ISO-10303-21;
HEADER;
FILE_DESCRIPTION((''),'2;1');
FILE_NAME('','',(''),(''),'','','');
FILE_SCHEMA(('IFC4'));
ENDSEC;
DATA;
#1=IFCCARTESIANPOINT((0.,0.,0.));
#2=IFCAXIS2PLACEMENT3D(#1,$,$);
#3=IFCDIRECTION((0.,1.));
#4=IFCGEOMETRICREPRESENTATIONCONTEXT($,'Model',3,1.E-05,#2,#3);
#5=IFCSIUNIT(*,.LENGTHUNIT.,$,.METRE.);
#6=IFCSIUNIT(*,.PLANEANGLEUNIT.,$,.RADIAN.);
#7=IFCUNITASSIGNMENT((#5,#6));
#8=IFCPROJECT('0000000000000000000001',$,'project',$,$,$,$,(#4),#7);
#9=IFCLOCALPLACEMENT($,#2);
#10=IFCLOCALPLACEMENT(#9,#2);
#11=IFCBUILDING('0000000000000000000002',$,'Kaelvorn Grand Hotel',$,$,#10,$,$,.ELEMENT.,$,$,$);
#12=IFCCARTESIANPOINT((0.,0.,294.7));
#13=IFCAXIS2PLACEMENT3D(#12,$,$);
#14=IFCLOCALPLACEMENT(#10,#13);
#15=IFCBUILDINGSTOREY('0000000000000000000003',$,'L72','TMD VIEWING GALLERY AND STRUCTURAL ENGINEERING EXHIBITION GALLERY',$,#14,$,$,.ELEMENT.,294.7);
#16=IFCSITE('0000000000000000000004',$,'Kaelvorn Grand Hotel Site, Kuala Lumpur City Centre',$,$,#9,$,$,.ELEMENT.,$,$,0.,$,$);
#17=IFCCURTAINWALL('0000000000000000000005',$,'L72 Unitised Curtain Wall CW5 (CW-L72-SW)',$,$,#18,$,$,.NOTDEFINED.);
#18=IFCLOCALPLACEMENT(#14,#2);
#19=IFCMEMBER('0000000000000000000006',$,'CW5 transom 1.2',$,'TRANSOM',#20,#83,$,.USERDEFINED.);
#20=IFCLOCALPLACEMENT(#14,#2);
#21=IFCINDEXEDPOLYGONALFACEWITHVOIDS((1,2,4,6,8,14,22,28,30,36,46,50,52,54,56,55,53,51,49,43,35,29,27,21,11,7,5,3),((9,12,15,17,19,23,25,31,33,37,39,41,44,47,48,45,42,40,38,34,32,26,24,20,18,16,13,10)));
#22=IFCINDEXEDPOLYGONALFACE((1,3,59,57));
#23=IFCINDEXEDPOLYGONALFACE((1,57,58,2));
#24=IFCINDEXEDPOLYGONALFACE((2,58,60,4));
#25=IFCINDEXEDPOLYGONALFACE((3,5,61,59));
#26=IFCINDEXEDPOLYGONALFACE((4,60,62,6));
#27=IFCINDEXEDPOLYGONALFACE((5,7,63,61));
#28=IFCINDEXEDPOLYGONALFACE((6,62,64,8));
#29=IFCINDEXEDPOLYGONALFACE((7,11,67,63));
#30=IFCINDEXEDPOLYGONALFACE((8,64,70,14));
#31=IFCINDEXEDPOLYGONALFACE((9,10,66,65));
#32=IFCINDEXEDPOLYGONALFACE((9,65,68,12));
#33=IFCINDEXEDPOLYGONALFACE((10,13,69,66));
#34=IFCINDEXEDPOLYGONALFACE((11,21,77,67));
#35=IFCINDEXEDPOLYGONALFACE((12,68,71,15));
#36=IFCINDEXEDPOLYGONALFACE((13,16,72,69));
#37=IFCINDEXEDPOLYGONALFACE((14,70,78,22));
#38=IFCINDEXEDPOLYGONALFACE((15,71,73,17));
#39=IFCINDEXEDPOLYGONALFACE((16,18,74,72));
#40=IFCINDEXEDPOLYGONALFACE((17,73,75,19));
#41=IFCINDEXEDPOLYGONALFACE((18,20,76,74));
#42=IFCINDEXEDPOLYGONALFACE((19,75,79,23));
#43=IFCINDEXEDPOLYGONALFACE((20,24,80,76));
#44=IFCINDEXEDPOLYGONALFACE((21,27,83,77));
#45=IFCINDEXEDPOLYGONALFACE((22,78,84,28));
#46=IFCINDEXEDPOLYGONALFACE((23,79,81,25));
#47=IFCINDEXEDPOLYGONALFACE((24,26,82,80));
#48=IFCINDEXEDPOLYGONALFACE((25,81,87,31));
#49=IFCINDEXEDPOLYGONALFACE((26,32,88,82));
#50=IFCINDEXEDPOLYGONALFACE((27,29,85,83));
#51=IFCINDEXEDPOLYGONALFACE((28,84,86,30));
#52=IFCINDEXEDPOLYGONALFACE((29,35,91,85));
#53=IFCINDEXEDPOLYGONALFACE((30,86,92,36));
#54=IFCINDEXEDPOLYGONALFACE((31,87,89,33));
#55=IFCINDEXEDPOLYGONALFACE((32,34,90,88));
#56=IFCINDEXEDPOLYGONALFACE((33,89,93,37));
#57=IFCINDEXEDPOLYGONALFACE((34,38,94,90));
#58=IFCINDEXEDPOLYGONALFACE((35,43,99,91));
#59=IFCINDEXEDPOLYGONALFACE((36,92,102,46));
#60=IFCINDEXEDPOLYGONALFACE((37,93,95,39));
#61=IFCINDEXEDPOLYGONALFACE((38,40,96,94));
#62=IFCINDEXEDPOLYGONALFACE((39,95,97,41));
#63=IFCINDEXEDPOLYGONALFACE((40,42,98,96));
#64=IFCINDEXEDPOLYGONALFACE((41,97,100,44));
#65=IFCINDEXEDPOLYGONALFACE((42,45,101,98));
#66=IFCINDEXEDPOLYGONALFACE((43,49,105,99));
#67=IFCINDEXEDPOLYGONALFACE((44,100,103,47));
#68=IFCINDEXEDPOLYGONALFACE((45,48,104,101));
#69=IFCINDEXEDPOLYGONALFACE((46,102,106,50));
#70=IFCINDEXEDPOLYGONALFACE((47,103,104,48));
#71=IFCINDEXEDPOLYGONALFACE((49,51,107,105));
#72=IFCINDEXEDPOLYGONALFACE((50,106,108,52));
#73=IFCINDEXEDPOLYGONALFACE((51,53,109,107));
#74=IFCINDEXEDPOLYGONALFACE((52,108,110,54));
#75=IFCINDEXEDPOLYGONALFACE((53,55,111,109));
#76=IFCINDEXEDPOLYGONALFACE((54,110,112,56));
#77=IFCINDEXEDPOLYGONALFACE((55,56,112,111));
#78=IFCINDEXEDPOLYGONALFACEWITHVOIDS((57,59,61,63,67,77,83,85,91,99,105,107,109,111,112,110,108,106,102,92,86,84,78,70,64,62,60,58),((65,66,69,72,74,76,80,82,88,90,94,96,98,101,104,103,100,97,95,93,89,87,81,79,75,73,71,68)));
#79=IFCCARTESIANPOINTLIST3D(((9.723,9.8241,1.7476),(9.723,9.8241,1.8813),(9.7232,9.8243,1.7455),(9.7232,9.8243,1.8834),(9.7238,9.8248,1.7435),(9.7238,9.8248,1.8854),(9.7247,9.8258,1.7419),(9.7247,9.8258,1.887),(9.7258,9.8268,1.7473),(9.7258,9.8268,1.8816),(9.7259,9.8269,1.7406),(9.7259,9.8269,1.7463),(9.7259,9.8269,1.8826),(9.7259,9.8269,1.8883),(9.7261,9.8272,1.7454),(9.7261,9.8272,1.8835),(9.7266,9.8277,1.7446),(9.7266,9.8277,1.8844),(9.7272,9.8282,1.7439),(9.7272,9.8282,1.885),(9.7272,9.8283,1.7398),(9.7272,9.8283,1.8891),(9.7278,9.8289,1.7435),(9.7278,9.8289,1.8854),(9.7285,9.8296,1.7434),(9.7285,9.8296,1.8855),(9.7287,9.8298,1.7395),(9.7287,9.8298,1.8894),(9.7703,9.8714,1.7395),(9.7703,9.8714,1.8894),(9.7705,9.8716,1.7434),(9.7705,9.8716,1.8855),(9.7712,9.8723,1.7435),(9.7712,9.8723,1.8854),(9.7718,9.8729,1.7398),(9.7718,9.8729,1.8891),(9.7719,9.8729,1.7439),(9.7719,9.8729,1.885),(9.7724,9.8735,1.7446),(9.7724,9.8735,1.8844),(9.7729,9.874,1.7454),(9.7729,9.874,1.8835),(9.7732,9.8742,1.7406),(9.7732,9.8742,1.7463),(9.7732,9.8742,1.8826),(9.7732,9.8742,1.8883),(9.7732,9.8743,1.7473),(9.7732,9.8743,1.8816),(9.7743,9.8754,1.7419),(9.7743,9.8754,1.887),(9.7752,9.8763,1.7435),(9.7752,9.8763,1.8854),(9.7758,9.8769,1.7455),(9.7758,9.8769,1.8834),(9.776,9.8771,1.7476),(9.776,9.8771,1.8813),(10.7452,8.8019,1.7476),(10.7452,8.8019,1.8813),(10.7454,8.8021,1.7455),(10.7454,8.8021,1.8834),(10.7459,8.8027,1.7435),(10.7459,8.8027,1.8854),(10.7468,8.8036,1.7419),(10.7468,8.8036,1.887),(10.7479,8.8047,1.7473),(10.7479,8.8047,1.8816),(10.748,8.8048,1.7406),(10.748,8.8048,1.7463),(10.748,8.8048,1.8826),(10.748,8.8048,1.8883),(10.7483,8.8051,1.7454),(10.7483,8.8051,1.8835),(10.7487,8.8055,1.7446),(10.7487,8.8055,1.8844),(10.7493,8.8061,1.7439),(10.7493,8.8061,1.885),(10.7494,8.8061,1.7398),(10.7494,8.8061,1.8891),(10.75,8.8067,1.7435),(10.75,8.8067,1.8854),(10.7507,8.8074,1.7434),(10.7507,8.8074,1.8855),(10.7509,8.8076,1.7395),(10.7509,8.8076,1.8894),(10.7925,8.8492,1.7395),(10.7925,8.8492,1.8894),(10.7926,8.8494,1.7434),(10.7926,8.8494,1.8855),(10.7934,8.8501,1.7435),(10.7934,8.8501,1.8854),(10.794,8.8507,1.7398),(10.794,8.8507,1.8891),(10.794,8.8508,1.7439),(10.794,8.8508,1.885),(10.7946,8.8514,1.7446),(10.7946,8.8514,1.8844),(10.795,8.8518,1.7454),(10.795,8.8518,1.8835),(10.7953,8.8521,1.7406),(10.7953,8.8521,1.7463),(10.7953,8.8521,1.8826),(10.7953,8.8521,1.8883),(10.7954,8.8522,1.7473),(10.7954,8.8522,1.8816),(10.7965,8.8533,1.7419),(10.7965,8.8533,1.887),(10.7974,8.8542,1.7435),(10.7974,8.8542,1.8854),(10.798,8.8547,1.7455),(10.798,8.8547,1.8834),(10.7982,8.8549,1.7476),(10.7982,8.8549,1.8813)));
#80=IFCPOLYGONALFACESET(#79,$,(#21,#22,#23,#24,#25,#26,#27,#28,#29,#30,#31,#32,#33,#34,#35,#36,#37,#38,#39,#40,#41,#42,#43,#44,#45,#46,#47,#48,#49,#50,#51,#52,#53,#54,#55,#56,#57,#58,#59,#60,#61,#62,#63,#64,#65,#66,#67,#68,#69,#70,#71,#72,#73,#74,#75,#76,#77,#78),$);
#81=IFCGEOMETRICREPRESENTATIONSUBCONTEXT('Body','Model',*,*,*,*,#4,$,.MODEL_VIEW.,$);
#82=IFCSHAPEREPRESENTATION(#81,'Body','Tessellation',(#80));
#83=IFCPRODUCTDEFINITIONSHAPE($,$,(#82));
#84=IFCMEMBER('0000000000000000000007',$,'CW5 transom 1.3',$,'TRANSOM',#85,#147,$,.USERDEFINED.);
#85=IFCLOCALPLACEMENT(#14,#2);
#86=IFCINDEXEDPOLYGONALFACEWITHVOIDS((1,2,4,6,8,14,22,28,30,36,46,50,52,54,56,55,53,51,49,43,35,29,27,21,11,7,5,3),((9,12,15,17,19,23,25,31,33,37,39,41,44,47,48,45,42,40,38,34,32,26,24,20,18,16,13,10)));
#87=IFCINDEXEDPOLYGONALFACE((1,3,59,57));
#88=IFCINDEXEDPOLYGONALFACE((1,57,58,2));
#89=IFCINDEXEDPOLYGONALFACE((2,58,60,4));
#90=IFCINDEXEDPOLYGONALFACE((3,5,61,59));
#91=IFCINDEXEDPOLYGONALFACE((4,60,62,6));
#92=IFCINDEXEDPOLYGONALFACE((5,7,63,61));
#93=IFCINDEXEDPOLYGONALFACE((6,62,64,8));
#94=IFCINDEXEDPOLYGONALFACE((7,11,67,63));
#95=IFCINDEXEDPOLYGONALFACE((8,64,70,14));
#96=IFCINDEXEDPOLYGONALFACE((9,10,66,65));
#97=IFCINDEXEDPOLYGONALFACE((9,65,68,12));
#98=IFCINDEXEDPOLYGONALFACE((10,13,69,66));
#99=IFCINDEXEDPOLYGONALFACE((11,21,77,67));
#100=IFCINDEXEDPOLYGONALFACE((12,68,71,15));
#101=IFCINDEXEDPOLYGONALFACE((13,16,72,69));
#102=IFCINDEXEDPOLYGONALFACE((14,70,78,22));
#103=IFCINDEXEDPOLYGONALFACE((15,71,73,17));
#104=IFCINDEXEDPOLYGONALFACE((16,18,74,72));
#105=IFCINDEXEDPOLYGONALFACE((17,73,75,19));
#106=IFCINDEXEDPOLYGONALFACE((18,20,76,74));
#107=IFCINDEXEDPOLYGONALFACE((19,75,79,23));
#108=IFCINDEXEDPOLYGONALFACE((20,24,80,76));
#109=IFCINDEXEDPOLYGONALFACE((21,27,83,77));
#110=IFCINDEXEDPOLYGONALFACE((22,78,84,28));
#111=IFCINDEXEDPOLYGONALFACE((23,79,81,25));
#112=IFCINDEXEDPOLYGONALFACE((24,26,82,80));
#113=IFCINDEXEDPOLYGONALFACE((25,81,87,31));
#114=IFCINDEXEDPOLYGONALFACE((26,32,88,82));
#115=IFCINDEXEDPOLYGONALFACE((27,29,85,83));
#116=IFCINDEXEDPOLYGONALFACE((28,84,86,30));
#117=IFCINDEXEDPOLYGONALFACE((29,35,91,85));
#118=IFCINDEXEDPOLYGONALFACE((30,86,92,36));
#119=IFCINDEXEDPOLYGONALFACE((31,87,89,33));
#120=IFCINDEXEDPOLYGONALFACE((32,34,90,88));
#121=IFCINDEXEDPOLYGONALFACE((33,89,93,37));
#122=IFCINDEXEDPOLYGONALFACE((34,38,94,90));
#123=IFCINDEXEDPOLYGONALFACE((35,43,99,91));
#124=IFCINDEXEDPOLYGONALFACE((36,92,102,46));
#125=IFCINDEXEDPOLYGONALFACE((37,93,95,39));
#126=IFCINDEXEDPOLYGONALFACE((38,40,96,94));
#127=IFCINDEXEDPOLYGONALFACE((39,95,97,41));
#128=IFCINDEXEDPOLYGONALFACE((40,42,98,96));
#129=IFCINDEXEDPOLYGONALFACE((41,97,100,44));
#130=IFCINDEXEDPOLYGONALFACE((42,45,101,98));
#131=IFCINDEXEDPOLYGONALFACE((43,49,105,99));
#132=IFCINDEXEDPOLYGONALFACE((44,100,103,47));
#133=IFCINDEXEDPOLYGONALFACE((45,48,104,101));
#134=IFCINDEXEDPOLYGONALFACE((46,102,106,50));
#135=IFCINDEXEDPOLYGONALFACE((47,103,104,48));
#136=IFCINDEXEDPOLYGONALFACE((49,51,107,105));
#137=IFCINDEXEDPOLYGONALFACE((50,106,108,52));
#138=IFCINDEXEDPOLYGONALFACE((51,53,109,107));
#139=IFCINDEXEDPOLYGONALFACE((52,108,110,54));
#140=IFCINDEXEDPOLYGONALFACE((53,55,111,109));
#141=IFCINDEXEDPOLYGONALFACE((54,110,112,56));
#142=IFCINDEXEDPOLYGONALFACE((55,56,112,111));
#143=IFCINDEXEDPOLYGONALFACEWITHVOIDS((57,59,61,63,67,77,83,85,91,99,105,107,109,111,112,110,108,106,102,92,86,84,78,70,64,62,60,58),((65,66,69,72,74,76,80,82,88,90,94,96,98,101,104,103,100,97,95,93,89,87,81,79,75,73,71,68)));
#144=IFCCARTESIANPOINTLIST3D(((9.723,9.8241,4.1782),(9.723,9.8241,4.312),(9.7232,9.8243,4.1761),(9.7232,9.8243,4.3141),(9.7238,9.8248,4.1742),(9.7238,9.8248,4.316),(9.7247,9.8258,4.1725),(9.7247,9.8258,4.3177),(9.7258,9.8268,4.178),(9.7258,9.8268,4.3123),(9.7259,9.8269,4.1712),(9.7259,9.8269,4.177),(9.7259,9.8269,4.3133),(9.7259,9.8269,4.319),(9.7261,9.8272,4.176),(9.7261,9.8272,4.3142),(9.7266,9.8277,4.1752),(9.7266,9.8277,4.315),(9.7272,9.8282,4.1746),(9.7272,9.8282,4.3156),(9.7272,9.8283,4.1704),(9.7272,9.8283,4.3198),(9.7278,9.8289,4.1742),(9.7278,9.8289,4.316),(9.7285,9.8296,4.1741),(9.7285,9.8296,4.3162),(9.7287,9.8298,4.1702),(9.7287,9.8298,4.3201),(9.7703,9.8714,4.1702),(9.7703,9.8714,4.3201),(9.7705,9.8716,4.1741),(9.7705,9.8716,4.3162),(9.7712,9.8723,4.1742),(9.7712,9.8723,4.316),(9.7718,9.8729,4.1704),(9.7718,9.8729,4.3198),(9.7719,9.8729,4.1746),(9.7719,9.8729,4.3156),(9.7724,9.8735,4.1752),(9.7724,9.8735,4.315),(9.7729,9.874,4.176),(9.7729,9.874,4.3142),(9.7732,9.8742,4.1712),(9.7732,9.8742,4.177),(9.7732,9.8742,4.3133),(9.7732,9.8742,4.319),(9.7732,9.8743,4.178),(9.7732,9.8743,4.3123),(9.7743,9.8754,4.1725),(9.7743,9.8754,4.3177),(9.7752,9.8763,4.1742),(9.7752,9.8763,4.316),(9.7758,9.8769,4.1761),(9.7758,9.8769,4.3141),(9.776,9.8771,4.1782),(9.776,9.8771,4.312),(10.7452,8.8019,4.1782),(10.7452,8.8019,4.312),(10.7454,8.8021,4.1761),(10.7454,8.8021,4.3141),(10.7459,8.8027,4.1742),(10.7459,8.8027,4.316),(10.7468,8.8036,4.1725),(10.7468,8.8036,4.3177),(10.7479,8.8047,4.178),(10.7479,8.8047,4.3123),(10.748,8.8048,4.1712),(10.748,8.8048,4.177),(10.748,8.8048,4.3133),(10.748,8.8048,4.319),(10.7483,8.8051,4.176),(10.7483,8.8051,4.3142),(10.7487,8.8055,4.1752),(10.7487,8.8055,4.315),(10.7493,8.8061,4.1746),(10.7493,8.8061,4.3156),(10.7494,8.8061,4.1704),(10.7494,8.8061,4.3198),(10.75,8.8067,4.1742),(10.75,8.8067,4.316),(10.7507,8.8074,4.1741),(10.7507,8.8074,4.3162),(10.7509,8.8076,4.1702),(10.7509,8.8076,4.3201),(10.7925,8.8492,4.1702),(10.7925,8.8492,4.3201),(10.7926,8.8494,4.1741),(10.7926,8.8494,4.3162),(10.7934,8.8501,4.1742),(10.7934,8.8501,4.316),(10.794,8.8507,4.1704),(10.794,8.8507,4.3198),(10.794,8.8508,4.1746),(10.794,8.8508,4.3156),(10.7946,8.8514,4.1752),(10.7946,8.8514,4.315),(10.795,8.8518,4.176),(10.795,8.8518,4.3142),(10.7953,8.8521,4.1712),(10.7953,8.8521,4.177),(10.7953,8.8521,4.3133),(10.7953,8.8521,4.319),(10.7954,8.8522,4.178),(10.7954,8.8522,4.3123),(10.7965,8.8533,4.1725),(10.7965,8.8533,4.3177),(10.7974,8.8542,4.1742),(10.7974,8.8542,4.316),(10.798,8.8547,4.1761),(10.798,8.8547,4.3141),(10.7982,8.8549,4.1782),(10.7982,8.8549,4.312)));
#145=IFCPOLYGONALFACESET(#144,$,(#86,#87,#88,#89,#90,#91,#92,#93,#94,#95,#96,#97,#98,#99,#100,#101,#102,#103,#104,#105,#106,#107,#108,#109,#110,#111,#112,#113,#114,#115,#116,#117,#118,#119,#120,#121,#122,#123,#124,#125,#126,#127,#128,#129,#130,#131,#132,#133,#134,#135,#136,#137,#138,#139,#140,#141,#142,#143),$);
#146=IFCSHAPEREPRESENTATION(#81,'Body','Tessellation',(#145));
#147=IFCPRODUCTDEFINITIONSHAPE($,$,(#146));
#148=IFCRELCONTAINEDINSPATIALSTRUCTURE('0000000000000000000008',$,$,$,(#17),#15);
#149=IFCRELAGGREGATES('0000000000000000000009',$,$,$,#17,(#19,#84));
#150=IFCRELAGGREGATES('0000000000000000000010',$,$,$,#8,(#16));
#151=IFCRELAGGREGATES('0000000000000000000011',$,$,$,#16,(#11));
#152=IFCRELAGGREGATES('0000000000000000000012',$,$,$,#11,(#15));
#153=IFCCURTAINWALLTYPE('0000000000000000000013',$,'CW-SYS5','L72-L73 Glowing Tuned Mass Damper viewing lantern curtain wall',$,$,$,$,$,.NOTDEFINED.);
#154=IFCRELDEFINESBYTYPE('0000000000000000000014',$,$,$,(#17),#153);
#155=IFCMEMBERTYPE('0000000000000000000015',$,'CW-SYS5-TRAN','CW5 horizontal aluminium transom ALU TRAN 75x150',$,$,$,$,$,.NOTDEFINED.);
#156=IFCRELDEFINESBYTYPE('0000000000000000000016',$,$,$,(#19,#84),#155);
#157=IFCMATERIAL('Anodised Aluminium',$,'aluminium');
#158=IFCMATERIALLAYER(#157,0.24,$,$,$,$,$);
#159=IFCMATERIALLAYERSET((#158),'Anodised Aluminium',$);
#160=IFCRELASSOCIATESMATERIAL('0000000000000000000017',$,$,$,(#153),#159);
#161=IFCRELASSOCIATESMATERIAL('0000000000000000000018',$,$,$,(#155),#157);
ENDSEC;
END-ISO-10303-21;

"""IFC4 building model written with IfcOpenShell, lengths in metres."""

from ifc_helpers import new_model, si_unit, direction, frame, origin, origin_2d, place, context, subcontext, project, spatial, hollow_rectangle, extrude, material, layer, layer_set, material_profile, profile_set, type_object, element, aggregate, save


model = new_model("IFC4")

# Units and contexts
model_context = context("Model", 3, precision=1e-05, world=origin(), true_north=direction((0.0, 1.0)))
body_context = subcontext(model_context, "Body", "Model", "MODEL_VIEW")
ifc_project = project(units=[si_unit("LENGTHUNIT", "METRE"), si_unit("PLANEANGLEUNIT", "RADIAN")], contexts=[model_context])

# Site, building, storey
site_placement = place(None, origin())
site = spatial("IfcSite", under=ifc_project, at=site_placement, Name="Kaelvorn Grand Hotel Site, Kuala Lumpur City Centre", CompositionType="ELEMENT", RefElevation=0.0)
building_placement = place(site_placement, origin())
building = spatial("IfcBuilding", under=site, at=building_placement, Name="Kaelvorn Grand Hotel", CompositionType="ELEMENT")
storey_placement = place(building_placement, frame((0.0, 0.0, 294.7)))
storey = spatial("IfcBuildingStorey", under=building, at=storey_placement, Name="L72", Description="TMD VIEWING GALLERY AND STRUCTURAL ENGINEERING EXHIBITION GALLERY", CompositionType="ELEMENT", Elevation=294.7)

# Shared definitions
ifc_material_1 = material(Name="Anodised Aluminium", Category="aluminium")
ifc_layer_1 = layer(ifc_material_1, 0.24)
ifc_layer_set_1 = layer_set([ifc_layer_1], Name="Anodised Aluminium")
curtain_wall_type = type_object("IfcCurtainWallType", Name="CW-SYS5", Description="L72-L73 Glowing Tuned Mass Damper viewing lantern curtain wall", PredefinedType="NOTDEFINED", material=ifc_layer_set_1)

# Curtain wall, members
curtain_wall_1_placement = place(storey_placement, origin())
curtain_wall_1 = element("IfcCurtainWall", 1, at=curtain_wall_1_placement, inside=storey, type_object=curtain_wall_type, Name="L72 Unitised Curtain Wall CW5 (CW-L72-SW)", PredefinedType="NOTDEFINED")
ifc_material_profile_1 = material_profile(ifc_material_1, hollow_rectangle(XDim=0.075, YDim=0.1499, WallThickness=0.0039, InnerFilletRadius=0.0039, OuterFilletRadius=0.0081, at=origin_2d()), Name="ALU TRAN 75x150")
ifc_profile_set_1 = profile_set([ifc_material_profile_1], Name="Anodised Aluminium")
member_type_1 = type_object("IfcMemberType", Name="CW-SYS5-TRAN", Description="CW5 horizontal aluminium transom ALU TRAN 75x150", PredefinedType="NOTDEFINED", material=ifc_profile_set_1)
member_1_placement = place(storey_placement, frame((9.7495, 9.8506, 1.8145), z_axis=(0.707107, -0.707107, 0.0), x_axis=(0.707107, 0.707107, 0.0)))
member_1 = element("IfcMember", 2, at=member_1_placement, type_object=member_type_1, Name="CW5 transom 1.2", ObjectType="TRANSOM", PredefinedType="USERDEFINED", context=body_context, shape_type="SweptSolid", body=[
    extrude(hollow_rectangle(XDim=0.075, YDim=0.1499, WallThickness=0.0039, InnerFilletRadius=0.0039, OuterFilletRadius=0.0081, at=origin_2d()), origin(), (0.0, 0.0, 1.0), 1.4456),
])
member_2_placement = place(storey_placement, frame((9.7495, 9.8506, 4.2451), z_axis=(0.707107, -0.707107, 0.0), x_axis=(0.707107, 0.707107, 0.0)))
member_2 = element("IfcMember", 3, at=member_2_placement, type_object=member_type_1, Name="CW5 transom 1.3", ObjectType="TRANSOM", PredefinedType="USERDEFINED", context=body_context, shape_type="SweptSolid", body=[
    extrude(hollow_rectangle(XDim=0.075, YDim=0.1499, WallThickness=0.0039, InnerFilletRadius=0.0039, OuterFilletRadius=0.0081, at=origin_2d()), origin(), (0.0, 0.0, 1.0), 1.4456),
])

aggregate(curtain_wall_1, [member_1, member_2])

save(model, "model.ifc")
